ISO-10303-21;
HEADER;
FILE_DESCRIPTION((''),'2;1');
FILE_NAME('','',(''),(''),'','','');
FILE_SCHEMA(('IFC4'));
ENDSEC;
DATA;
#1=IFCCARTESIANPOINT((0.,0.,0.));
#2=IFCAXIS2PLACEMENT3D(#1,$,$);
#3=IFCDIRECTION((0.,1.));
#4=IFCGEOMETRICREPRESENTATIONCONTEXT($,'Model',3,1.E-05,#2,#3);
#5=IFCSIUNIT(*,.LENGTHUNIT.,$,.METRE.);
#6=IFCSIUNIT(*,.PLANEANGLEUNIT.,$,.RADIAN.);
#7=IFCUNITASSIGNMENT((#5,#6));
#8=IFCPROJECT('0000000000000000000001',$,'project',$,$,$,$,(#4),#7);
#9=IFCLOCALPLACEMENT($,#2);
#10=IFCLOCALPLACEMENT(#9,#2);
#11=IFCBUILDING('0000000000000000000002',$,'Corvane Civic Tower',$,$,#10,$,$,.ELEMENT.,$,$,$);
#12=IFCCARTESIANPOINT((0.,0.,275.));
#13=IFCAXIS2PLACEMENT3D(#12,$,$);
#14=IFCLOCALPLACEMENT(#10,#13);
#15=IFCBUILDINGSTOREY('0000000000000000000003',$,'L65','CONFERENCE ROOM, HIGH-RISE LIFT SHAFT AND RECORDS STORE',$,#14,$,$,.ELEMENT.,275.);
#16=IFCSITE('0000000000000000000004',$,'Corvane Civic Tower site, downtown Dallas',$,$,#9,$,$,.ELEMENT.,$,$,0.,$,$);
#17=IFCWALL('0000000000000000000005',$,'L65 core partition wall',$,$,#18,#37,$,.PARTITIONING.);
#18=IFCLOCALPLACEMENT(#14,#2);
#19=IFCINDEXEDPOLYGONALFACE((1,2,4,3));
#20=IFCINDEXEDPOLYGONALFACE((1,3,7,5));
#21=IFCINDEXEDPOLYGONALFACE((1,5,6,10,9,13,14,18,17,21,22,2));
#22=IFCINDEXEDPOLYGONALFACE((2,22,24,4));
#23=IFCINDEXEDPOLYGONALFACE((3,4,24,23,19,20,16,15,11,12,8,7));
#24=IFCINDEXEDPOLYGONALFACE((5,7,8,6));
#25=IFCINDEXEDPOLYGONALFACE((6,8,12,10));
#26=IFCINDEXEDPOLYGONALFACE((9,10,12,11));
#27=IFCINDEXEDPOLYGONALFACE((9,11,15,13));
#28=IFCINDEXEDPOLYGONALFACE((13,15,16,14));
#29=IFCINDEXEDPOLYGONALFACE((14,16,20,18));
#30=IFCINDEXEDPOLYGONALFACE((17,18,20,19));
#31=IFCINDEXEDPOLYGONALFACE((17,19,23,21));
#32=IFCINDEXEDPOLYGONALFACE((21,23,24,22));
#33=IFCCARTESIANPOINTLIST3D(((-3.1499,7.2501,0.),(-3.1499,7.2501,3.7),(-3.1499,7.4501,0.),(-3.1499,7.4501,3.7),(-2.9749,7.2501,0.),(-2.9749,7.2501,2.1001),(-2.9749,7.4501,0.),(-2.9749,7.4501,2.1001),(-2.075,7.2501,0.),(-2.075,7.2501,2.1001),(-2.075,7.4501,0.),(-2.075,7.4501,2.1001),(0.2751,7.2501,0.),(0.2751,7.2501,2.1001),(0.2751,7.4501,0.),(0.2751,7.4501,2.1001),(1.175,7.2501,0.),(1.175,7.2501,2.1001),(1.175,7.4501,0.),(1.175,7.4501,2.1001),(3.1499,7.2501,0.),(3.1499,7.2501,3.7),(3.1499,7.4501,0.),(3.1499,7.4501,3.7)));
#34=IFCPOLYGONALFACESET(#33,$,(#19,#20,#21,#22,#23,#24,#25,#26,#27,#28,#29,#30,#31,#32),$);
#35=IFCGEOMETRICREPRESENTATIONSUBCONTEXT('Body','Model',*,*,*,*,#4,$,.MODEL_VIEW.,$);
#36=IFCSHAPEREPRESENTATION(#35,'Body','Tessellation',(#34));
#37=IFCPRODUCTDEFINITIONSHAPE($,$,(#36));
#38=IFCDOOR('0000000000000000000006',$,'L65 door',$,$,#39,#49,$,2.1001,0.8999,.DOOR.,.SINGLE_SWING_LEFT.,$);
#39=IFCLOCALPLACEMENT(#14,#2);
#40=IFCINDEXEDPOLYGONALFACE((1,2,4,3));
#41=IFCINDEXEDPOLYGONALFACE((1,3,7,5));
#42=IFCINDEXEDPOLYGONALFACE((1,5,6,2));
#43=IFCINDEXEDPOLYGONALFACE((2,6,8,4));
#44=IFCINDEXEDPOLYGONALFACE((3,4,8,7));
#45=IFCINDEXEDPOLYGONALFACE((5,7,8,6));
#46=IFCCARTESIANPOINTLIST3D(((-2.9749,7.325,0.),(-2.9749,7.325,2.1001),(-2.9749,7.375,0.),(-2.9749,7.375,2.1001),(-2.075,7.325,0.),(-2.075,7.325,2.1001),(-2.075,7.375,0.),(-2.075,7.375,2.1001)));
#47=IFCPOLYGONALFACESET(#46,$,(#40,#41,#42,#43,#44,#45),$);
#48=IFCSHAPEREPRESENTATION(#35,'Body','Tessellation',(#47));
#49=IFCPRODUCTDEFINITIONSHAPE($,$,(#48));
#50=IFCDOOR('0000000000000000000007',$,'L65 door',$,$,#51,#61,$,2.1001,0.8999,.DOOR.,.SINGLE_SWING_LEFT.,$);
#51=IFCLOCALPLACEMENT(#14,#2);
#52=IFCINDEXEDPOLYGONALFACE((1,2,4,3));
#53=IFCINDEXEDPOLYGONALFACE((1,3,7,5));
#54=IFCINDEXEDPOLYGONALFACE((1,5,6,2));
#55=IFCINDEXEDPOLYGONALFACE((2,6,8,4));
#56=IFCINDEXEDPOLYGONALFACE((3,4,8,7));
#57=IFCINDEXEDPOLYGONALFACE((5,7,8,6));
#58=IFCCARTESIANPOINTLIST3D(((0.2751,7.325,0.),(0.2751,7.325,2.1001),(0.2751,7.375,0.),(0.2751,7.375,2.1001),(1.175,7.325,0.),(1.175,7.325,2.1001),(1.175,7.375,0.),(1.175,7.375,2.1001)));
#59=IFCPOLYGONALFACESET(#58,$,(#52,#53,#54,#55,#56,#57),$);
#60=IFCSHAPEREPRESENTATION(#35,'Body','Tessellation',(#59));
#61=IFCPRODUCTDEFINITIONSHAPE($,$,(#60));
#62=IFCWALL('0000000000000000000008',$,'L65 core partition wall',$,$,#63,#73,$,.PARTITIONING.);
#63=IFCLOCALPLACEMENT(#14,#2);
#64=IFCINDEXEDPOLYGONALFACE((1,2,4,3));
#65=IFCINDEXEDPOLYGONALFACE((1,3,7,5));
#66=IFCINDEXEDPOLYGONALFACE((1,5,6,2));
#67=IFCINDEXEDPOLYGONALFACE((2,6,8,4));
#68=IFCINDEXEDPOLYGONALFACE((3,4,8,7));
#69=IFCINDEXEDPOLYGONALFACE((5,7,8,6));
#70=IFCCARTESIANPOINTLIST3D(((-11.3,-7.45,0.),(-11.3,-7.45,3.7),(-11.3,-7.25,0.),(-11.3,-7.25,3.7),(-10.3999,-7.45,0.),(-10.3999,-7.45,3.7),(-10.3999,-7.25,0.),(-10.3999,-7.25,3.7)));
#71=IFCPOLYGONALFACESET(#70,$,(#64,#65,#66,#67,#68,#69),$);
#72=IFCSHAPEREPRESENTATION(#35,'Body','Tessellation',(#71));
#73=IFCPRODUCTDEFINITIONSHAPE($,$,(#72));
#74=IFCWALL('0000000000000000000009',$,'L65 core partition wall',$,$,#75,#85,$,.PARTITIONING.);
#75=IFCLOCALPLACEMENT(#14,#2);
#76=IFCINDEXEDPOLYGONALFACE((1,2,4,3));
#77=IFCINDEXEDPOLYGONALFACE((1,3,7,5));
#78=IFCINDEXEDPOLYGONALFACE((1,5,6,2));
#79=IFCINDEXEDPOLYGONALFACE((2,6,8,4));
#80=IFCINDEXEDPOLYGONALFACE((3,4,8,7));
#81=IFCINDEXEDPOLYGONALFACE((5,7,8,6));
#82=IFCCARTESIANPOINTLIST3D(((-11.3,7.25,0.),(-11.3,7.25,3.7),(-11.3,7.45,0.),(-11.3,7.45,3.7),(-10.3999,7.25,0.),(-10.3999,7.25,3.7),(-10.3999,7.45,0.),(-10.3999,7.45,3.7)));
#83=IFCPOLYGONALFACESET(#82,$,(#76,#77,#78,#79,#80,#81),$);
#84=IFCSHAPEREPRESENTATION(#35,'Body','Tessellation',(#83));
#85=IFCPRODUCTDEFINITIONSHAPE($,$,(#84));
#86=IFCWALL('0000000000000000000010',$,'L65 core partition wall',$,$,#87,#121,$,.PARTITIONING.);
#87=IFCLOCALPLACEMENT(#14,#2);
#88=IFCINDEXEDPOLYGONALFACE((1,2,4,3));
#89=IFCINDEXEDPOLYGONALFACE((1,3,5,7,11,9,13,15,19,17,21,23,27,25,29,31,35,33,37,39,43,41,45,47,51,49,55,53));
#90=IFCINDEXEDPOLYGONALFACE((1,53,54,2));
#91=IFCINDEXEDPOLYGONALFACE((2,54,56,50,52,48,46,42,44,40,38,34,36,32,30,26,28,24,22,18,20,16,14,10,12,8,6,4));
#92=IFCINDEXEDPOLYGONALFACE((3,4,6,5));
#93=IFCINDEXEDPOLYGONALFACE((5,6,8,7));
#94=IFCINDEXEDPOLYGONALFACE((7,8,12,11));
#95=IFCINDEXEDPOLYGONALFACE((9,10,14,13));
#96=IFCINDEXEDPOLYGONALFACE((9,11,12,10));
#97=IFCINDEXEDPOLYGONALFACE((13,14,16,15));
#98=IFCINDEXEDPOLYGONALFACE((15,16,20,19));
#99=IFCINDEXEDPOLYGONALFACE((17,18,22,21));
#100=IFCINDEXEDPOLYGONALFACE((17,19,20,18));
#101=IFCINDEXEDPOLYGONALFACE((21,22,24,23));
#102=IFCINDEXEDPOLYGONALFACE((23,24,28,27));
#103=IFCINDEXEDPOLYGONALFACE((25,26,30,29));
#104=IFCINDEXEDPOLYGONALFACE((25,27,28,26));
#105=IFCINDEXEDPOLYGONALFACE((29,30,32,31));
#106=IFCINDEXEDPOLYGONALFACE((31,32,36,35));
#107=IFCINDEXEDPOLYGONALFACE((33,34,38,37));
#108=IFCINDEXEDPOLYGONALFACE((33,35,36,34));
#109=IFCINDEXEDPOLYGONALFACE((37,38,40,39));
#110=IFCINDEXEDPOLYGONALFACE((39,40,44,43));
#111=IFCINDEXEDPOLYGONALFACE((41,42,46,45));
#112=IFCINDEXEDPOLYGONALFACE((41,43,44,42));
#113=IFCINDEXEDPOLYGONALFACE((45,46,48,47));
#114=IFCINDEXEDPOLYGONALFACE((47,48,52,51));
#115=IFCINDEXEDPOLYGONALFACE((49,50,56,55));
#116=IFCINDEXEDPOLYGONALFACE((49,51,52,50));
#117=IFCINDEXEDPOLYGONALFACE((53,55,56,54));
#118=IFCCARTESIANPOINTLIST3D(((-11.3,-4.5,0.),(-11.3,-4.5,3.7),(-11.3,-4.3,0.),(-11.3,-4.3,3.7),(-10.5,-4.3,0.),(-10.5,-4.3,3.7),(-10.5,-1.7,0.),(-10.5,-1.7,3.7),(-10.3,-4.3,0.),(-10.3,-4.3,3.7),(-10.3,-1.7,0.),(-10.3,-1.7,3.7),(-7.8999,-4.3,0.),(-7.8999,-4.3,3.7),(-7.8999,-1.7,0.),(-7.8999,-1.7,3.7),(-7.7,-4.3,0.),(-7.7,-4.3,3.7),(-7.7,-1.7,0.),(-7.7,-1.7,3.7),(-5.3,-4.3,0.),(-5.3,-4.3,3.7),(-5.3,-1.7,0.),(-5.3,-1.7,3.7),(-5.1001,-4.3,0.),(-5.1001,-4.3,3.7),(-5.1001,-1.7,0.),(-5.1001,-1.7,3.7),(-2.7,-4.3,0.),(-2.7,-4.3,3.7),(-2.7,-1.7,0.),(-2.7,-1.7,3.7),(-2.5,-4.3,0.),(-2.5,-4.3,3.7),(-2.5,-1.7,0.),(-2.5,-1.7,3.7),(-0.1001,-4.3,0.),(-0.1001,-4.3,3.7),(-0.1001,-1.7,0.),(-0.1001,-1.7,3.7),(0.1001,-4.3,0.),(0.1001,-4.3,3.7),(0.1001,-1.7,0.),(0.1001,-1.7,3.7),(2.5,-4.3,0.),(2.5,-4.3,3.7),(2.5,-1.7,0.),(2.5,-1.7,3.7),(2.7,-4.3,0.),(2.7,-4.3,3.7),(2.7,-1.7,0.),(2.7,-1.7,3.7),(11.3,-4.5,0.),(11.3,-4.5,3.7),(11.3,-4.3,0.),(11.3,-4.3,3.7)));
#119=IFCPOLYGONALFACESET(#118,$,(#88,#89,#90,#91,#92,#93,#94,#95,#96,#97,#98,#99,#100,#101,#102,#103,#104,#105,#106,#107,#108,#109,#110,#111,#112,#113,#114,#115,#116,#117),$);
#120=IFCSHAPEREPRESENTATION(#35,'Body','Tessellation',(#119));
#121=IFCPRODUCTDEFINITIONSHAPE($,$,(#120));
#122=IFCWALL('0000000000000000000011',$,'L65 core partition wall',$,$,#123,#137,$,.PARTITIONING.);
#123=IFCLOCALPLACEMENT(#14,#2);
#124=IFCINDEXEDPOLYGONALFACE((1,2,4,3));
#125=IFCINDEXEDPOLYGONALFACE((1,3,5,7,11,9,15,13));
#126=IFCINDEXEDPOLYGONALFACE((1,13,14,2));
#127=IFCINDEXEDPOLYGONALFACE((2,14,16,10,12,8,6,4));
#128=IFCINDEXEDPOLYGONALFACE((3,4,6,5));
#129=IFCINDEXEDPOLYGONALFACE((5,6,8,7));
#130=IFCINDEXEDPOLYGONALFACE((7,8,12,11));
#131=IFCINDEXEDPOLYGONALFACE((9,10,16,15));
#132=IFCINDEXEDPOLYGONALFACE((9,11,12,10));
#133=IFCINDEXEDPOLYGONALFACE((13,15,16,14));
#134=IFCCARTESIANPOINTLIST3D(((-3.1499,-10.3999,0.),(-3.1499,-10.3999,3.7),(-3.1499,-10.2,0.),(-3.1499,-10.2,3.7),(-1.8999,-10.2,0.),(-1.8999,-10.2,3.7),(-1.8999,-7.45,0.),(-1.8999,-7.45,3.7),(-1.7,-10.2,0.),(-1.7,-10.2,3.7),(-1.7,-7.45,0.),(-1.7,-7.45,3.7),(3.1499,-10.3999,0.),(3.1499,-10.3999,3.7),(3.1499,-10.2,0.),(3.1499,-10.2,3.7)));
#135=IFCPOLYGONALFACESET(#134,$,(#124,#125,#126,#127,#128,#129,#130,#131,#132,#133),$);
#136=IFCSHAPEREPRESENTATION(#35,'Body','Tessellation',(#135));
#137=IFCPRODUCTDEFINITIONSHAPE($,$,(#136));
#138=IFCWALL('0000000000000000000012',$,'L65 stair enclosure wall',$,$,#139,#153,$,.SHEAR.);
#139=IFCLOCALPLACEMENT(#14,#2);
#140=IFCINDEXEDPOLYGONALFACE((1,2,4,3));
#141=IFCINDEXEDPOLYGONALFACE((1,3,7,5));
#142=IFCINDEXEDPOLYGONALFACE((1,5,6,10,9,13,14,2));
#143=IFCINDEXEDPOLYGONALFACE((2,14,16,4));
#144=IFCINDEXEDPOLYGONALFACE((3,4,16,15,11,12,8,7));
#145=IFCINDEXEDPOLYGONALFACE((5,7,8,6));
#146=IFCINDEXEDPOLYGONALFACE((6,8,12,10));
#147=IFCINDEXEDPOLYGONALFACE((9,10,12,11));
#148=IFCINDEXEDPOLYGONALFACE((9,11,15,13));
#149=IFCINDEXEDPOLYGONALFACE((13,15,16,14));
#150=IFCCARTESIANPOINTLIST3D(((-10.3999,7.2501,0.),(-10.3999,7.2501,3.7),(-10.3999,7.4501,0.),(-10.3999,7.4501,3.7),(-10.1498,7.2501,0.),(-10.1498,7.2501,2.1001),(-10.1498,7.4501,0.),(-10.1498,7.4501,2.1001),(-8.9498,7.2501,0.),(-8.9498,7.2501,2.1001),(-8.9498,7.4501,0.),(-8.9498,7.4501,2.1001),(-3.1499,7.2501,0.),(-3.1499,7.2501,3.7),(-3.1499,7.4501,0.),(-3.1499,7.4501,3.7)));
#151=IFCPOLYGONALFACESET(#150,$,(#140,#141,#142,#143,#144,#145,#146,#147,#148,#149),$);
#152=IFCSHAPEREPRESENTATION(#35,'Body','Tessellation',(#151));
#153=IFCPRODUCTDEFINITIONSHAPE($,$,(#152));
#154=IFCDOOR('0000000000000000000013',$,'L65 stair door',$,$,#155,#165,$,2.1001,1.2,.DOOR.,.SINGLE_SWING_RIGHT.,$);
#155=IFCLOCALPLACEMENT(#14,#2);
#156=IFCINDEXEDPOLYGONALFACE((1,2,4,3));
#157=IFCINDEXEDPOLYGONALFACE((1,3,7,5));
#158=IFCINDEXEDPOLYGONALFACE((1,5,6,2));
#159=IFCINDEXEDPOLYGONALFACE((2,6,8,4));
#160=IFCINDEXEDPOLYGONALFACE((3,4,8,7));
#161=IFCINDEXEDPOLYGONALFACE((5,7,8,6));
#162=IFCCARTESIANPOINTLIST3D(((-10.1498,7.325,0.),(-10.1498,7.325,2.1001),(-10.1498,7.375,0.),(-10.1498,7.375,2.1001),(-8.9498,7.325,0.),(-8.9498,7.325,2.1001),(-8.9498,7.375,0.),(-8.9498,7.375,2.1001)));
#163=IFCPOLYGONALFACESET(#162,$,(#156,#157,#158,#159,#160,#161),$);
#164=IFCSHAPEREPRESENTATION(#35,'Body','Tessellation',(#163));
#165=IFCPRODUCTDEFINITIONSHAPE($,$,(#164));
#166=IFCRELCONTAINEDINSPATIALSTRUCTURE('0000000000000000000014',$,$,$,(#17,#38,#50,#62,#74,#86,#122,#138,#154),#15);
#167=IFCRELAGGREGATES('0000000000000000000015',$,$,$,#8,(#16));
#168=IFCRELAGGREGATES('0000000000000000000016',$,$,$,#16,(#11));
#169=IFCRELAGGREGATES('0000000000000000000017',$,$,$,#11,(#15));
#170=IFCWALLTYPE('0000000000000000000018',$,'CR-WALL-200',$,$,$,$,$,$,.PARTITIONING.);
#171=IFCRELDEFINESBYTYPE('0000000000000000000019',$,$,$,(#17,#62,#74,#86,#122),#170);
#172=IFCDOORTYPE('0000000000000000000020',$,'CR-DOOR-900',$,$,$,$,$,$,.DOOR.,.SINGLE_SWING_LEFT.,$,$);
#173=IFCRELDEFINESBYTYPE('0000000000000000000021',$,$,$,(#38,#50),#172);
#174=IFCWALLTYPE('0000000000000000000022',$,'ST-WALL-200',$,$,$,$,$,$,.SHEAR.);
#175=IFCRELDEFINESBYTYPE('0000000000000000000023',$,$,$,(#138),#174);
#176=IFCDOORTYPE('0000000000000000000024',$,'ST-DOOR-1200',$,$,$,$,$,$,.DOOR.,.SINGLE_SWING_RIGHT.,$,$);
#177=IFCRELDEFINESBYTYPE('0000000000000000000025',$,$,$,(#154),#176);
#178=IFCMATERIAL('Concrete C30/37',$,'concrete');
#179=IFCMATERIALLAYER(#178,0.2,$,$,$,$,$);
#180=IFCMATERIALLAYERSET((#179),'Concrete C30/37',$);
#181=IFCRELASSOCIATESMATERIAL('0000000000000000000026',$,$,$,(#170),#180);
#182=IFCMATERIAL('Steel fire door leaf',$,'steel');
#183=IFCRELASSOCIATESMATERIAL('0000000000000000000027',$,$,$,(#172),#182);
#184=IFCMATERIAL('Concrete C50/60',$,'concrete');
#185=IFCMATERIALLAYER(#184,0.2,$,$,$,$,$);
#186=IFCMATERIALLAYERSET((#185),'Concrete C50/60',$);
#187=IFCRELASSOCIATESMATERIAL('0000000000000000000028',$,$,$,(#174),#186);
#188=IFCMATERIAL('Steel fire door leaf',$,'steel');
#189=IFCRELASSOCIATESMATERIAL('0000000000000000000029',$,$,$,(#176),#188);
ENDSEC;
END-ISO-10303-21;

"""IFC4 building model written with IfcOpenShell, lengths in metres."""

from ifc_helpers import new_model, si_unit, direction, frame, frame_2d, origin, place, context, subcontext, project, spatial, polyline, rectangle, outline, extrude, material, layer, layer_set, type_object, element, fill, save


model = new_model("IFC4")

# Units and contexts
model_context = context("Model", 3, precision=1e-05, world=origin(), true_north=direction((0.0, 1.0)))
body_context = subcontext(model_context, "Body", "Model", "MODEL_VIEW")
ifc_project = project(units=[si_unit("LENGTHUNIT", "METRE"), si_unit("PLANEANGLEUNIT", "RADIAN")], contexts=[model_context])

# Site, building, storey
site_placement = place(None, origin())
site = spatial("IfcSite", under=ifc_project, at=site_placement, Name="Corvane Civic Tower site, downtown Dallas", CompositionType="ELEMENT", RefElevation=0.0)
building_placement = place(site_placement, origin())
building = spatial("IfcBuilding", under=site, at=building_placement, Name="Corvane Civic Tower", CompositionType="ELEMENT")
storey_placement = place(building_placement, frame((0.0, 0.0, 275.0)))
storey = spatial("IfcBuildingStorey", under=building, at=storey_placement, Name="L65", Description="CONFERENCE ROOM, HIGH-RISE LIFT SHAFT AND RECORDS STORE", CompositionType="ELEMENT", Elevation=275.0)

# Wall, openings, doors
ifc_material_1 = material(Name="Concrete C30/37", Category="concrete")
ifc_layer_1 = layer(ifc_material_1, 0.2)
ifc_layer_set_1 = layer_set([ifc_layer_1], Name="Concrete C30/37")
wall_type_1 = type_object("IfcWallType", Name="CR-WALL-200", PredefinedType="PARTITIONING", material=ifc_layer_set_1)
ifc_material_2 = material(Name="Steel fire door leaf", Category="steel")
door_type_1 = type_object("IfcDoorType", Name="CR-DOOR-900", OperationType="SINGLE_SWING_LEFT", PredefinedType="DOOR", material=ifc_material_2)
wall_1_placement = place(storey_placement, frame((-3.1499, 7.3501, 0.0), z_axis=(0.0, 0.0, 1.0), x_axis=(1.0, 0.0, 0.0)))
wall_1 = element("IfcWall", 1, at=wall_1_placement, inside=storey, type_object=wall_type_1, Name="L65 core partition wall", PredefinedType="PARTITIONING", context=body_context, shape_type="SweptSolid", body=[
    extrude(rectangle(XDim=6.2998, YDim=0.2, at=frame_2d((3.1499, 0.0))), origin(), (0.0, 0.0, 1.0), 3.7),
])
opening_1_placement = place(wall_1_placement, frame((0.175, 0.0, 0.0)))
opening_1 = element("IfcOpeningElement", 2, at=opening_1_placement, cuts=wall_1, PredefinedType="OPENING", context=body_context, shape_type="SweptSolid", body=[
    extrude(rectangle(XDim=0.8999, YDim=2.1001, at=frame_2d((0.45, 1.05))), frame((0.0, 0.1099, 0.0), z_axis=(0.0, -1.0, 0.0), x_axis=(1.0, 0.0, 0.0)), (0.0, 0.0, 1.0), 0.22),
])
opening_2_placement = place(wall_1_placement, frame((3.425, 0.0, 0.0)))
opening_2 = element("IfcOpeningElement", 3, at=opening_2_placement, cuts=wall_1, PredefinedType="OPENING", context=body_context, shape_type="SweptSolid", body=[
    extrude(rectangle(XDim=0.8999, YDim=2.1001, at=frame_2d((0.45, 1.05))), frame((0.0, 0.1099, 0.0), z_axis=(0.0, -1.0, 0.0), x_axis=(1.0, 0.0, 0.0)), (0.0, 0.0, 1.0), 0.22),
])
door_1_placement = place(opening_1_placement, origin())
door_1 = element("IfcDoor", 4, at=door_1_placement, inside=storey, type_object=door_type_1, Name="L65 door", OperationType="SINGLE_SWING_LEFT", OverallHeight=2.1001, OverallWidth=0.8999, PredefinedType="DOOR", context=body_context, shape_type="SweptSolid", body=[
    extrude(rectangle(XDim=0.8999, YDim=2.1001, at=frame_2d((0.45, 1.05))), frame((0.0, 0.0249, 0.0), z_axis=(0.0, -1.0, 0.0), x_axis=(1.0, 0.0, 0.0)), (0.0, 0.0, 1.0), 0.05),
])
fill(opening_1, door_1)
door_2_placement = place(opening_2_placement, origin())
door_2 = element("IfcDoor", 5, at=door_2_placement, inside=storey, type_object=door_type_1, Name="L65 door", OperationType="SINGLE_SWING_LEFT", OverallHeight=2.1001, OverallWidth=0.8999, PredefinedType="DOOR", context=body_context, shape_type="SweptSolid", body=[
    extrude(rectangle(XDim=0.8999, YDim=2.1001, at=frame_2d((0.45, 1.05))), frame((0.0, 0.0249, 0.0), z_axis=(0.0, -1.0, 0.0), x_axis=(1.0, 0.0, 0.0)), (0.0, 0.0, 1.0), 0.05),
])
fill(opening_2, door_2)

# Walls
wall_2_placement = place(storey_placement, origin())
element("IfcWall", 6, at=wall_2_placement, inside=storey, type_object=wall_type_1, Name="L65 core partition wall", PredefinedType="PARTITIONING", context=body_context, shape_type="SweptSolid", body=[
    extrude(outline(polyline([(-10.3999, -7.45), (-11.3, -7.45), (-11.3, -7.25), (-10.3999, -7.25), (-10.3999, -7.45)])), origin(), (0.0, 0.0, 1.0), 3.7),
])
wall_3_placement = place(storey_placement, origin())
element("IfcWall", 7, at=wall_3_placement, inside=storey, type_object=wall_type_1, Name="L65 core partition wall", PredefinedType="PARTITIONING", context=body_context, shape_type="SweptSolid", body=[
    extrude(outline(polyline([(-10.3999, 7.25), (-11.3, 7.25), (-11.3, 7.45), (-10.3999, 7.45), (-10.3999, 7.25)])), origin(), (0.0, 0.0, 1.0), 3.7),
])
wall_4_placement = place(storey_placement, origin())
element("IfcWall", 8, at=wall_4_placement, inside=storey, type_object=wall_type_1, Name="L65 core partition wall", PredefinedType="PARTITIONING", context=body_context, shape_type="SweptSolid", body=[
    extrude(outline(polyline([(-10.3, -1.7), (-10.3, -4.3), (-7.8999, -4.3), (-7.8999, -1.7), (-7.7, -1.7), (-7.7, -4.3), (-5.3, -4.3), (-5.3, -1.7), (-5.1001, -1.7), (-5.1001, -4.3), (-2.7, -4.3), (-2.7, -1.7), (-2.5, -1.7), (-2.5, -4.3), (-0.1001, -4.3), (-0.1001, -1.7), (0.1001, -1.7), (0.1001, -4.3), (2.5, -4.3), (2.5, -1.7), (2.7, -1.7), (2.7, -4.3), (11.3, -4.3), (11.3, -4.5), (-11.3, -4.5), (-11.3, -4.3), (-10.5, -4.3), (-10.5, -1.7), (-10.3, -1.7)])), origin(), (0.0, 0.0, 1.0), 3.7),
])
wall_5_placement = place(storey_placement, origin())
element("IfcWall", 9, at=wall_5_placement, inside=storey, type_object=wall_type_1, Name="L65 core partition wall", PredefinedType="PARTITIONING", context=body_context, shape_type="SweptSolid", body=[
    extrude(outline(polyline([(-1.7, -7.45), (-1.7, -10.2), (3.1499, -10.2), (3.1499, -10.3999), (-3.1499, -10.3999), (-3.1499, -10.2), (-1.8999, -10.2), (-1.8999, -7.45), (-1.7, -7.45)])), origin(), (0.0, 0.0, 1.0), 3.7),
])

# Wall, opening, door
ifc_material_3 = material(Name="Concrete C50/60", Category="concrete")
ifc_layer_2 = layer(ifc_material_3, 0.2)
ifc_layer_set_2 = layer_set([ifc_layer_2], Name="Concrete C50/60")
wall_type_2 = type_object("IfcWallType", Name="ST-WALL-200", PredefinedType="SHEAR", material=ifc_layer_set_2)
wall_6_placement = place(storey_placement, frame((-10.3999, 7.3501, 0.0), z_axis=(0.0, 0.0, 1.0), x_axis=(1.0, 0.0, 0.0)))
wall_6 = element("IfcWall", 10, at=wall_6_placement, inside=storey, type_object=wall_type_2, Name="L65 stair enclosure wall", PredefinedType="SHEAR", context=body_context, shape_type="SweptSolid", body=[
    extrude(rectangle(XDim=7.25, YDim=0.2, at=frame_2d((3.625, 0.0))), origin(), (0.0, 0.0, 1.0), 3.7),
])
opening_3_placement = place(wall_6_placement, frame((0.25, 0.0, 0.0)))
opening_3 = element("IfcOpeningElement", 11, at=opening_3_placement, cuts=wall_6, PredefinedType="OPENING", context=body_context, shape_type="SweptSolid", body=[
    extrude(rectangle(XDim=1.2, YDim=2.1001, at=frame_2d((0.6001, 1.05))), frame((0.0, 0.1099, 0.0), z_axis=(0.0, -1.0, 0.0), x_axis=(1.0, 0.0, 0.0)), (0.0, 0.0, 1.0), 0.22),
])
ifc_material_4 = material(Name="Steel fire door leaf", Category="steel")
door_type_2 = type_object("IfcDoorType", Name="ST-DOOR-1200", OperationType="SINGLE_SWING_RIGHT", PredefinedType="DOOR", material=ifc_material_4)
door_3_placement = place(opening_3_placement, origin())
door_3 = element("IfcDoor", 12, at=door_3_placement, inside=storey, type_object=door_type_2, Name="L65 stair door", OperationType="SINGLE_SWING_RIGHT", OverallHeight=2.1001, OverallWidth=1.2, PredefinedType="DOOR", context=body_context, shape_type="SweptSolid", body=[
    extrude(rectangle(XDim=1.2, YDim=2.1001, at=frame_2d((0.6001, 1.05))), frame((0.0, 0.0249, 0.0), z_axis=(0.0, -1.0, 0.0), x_axis=(1.0, 0.0, 0.0)), (0.0, 0.0, 1.0), 0.05),
])
fill(opening_3, door_3)

save(model, "model.ifc")
